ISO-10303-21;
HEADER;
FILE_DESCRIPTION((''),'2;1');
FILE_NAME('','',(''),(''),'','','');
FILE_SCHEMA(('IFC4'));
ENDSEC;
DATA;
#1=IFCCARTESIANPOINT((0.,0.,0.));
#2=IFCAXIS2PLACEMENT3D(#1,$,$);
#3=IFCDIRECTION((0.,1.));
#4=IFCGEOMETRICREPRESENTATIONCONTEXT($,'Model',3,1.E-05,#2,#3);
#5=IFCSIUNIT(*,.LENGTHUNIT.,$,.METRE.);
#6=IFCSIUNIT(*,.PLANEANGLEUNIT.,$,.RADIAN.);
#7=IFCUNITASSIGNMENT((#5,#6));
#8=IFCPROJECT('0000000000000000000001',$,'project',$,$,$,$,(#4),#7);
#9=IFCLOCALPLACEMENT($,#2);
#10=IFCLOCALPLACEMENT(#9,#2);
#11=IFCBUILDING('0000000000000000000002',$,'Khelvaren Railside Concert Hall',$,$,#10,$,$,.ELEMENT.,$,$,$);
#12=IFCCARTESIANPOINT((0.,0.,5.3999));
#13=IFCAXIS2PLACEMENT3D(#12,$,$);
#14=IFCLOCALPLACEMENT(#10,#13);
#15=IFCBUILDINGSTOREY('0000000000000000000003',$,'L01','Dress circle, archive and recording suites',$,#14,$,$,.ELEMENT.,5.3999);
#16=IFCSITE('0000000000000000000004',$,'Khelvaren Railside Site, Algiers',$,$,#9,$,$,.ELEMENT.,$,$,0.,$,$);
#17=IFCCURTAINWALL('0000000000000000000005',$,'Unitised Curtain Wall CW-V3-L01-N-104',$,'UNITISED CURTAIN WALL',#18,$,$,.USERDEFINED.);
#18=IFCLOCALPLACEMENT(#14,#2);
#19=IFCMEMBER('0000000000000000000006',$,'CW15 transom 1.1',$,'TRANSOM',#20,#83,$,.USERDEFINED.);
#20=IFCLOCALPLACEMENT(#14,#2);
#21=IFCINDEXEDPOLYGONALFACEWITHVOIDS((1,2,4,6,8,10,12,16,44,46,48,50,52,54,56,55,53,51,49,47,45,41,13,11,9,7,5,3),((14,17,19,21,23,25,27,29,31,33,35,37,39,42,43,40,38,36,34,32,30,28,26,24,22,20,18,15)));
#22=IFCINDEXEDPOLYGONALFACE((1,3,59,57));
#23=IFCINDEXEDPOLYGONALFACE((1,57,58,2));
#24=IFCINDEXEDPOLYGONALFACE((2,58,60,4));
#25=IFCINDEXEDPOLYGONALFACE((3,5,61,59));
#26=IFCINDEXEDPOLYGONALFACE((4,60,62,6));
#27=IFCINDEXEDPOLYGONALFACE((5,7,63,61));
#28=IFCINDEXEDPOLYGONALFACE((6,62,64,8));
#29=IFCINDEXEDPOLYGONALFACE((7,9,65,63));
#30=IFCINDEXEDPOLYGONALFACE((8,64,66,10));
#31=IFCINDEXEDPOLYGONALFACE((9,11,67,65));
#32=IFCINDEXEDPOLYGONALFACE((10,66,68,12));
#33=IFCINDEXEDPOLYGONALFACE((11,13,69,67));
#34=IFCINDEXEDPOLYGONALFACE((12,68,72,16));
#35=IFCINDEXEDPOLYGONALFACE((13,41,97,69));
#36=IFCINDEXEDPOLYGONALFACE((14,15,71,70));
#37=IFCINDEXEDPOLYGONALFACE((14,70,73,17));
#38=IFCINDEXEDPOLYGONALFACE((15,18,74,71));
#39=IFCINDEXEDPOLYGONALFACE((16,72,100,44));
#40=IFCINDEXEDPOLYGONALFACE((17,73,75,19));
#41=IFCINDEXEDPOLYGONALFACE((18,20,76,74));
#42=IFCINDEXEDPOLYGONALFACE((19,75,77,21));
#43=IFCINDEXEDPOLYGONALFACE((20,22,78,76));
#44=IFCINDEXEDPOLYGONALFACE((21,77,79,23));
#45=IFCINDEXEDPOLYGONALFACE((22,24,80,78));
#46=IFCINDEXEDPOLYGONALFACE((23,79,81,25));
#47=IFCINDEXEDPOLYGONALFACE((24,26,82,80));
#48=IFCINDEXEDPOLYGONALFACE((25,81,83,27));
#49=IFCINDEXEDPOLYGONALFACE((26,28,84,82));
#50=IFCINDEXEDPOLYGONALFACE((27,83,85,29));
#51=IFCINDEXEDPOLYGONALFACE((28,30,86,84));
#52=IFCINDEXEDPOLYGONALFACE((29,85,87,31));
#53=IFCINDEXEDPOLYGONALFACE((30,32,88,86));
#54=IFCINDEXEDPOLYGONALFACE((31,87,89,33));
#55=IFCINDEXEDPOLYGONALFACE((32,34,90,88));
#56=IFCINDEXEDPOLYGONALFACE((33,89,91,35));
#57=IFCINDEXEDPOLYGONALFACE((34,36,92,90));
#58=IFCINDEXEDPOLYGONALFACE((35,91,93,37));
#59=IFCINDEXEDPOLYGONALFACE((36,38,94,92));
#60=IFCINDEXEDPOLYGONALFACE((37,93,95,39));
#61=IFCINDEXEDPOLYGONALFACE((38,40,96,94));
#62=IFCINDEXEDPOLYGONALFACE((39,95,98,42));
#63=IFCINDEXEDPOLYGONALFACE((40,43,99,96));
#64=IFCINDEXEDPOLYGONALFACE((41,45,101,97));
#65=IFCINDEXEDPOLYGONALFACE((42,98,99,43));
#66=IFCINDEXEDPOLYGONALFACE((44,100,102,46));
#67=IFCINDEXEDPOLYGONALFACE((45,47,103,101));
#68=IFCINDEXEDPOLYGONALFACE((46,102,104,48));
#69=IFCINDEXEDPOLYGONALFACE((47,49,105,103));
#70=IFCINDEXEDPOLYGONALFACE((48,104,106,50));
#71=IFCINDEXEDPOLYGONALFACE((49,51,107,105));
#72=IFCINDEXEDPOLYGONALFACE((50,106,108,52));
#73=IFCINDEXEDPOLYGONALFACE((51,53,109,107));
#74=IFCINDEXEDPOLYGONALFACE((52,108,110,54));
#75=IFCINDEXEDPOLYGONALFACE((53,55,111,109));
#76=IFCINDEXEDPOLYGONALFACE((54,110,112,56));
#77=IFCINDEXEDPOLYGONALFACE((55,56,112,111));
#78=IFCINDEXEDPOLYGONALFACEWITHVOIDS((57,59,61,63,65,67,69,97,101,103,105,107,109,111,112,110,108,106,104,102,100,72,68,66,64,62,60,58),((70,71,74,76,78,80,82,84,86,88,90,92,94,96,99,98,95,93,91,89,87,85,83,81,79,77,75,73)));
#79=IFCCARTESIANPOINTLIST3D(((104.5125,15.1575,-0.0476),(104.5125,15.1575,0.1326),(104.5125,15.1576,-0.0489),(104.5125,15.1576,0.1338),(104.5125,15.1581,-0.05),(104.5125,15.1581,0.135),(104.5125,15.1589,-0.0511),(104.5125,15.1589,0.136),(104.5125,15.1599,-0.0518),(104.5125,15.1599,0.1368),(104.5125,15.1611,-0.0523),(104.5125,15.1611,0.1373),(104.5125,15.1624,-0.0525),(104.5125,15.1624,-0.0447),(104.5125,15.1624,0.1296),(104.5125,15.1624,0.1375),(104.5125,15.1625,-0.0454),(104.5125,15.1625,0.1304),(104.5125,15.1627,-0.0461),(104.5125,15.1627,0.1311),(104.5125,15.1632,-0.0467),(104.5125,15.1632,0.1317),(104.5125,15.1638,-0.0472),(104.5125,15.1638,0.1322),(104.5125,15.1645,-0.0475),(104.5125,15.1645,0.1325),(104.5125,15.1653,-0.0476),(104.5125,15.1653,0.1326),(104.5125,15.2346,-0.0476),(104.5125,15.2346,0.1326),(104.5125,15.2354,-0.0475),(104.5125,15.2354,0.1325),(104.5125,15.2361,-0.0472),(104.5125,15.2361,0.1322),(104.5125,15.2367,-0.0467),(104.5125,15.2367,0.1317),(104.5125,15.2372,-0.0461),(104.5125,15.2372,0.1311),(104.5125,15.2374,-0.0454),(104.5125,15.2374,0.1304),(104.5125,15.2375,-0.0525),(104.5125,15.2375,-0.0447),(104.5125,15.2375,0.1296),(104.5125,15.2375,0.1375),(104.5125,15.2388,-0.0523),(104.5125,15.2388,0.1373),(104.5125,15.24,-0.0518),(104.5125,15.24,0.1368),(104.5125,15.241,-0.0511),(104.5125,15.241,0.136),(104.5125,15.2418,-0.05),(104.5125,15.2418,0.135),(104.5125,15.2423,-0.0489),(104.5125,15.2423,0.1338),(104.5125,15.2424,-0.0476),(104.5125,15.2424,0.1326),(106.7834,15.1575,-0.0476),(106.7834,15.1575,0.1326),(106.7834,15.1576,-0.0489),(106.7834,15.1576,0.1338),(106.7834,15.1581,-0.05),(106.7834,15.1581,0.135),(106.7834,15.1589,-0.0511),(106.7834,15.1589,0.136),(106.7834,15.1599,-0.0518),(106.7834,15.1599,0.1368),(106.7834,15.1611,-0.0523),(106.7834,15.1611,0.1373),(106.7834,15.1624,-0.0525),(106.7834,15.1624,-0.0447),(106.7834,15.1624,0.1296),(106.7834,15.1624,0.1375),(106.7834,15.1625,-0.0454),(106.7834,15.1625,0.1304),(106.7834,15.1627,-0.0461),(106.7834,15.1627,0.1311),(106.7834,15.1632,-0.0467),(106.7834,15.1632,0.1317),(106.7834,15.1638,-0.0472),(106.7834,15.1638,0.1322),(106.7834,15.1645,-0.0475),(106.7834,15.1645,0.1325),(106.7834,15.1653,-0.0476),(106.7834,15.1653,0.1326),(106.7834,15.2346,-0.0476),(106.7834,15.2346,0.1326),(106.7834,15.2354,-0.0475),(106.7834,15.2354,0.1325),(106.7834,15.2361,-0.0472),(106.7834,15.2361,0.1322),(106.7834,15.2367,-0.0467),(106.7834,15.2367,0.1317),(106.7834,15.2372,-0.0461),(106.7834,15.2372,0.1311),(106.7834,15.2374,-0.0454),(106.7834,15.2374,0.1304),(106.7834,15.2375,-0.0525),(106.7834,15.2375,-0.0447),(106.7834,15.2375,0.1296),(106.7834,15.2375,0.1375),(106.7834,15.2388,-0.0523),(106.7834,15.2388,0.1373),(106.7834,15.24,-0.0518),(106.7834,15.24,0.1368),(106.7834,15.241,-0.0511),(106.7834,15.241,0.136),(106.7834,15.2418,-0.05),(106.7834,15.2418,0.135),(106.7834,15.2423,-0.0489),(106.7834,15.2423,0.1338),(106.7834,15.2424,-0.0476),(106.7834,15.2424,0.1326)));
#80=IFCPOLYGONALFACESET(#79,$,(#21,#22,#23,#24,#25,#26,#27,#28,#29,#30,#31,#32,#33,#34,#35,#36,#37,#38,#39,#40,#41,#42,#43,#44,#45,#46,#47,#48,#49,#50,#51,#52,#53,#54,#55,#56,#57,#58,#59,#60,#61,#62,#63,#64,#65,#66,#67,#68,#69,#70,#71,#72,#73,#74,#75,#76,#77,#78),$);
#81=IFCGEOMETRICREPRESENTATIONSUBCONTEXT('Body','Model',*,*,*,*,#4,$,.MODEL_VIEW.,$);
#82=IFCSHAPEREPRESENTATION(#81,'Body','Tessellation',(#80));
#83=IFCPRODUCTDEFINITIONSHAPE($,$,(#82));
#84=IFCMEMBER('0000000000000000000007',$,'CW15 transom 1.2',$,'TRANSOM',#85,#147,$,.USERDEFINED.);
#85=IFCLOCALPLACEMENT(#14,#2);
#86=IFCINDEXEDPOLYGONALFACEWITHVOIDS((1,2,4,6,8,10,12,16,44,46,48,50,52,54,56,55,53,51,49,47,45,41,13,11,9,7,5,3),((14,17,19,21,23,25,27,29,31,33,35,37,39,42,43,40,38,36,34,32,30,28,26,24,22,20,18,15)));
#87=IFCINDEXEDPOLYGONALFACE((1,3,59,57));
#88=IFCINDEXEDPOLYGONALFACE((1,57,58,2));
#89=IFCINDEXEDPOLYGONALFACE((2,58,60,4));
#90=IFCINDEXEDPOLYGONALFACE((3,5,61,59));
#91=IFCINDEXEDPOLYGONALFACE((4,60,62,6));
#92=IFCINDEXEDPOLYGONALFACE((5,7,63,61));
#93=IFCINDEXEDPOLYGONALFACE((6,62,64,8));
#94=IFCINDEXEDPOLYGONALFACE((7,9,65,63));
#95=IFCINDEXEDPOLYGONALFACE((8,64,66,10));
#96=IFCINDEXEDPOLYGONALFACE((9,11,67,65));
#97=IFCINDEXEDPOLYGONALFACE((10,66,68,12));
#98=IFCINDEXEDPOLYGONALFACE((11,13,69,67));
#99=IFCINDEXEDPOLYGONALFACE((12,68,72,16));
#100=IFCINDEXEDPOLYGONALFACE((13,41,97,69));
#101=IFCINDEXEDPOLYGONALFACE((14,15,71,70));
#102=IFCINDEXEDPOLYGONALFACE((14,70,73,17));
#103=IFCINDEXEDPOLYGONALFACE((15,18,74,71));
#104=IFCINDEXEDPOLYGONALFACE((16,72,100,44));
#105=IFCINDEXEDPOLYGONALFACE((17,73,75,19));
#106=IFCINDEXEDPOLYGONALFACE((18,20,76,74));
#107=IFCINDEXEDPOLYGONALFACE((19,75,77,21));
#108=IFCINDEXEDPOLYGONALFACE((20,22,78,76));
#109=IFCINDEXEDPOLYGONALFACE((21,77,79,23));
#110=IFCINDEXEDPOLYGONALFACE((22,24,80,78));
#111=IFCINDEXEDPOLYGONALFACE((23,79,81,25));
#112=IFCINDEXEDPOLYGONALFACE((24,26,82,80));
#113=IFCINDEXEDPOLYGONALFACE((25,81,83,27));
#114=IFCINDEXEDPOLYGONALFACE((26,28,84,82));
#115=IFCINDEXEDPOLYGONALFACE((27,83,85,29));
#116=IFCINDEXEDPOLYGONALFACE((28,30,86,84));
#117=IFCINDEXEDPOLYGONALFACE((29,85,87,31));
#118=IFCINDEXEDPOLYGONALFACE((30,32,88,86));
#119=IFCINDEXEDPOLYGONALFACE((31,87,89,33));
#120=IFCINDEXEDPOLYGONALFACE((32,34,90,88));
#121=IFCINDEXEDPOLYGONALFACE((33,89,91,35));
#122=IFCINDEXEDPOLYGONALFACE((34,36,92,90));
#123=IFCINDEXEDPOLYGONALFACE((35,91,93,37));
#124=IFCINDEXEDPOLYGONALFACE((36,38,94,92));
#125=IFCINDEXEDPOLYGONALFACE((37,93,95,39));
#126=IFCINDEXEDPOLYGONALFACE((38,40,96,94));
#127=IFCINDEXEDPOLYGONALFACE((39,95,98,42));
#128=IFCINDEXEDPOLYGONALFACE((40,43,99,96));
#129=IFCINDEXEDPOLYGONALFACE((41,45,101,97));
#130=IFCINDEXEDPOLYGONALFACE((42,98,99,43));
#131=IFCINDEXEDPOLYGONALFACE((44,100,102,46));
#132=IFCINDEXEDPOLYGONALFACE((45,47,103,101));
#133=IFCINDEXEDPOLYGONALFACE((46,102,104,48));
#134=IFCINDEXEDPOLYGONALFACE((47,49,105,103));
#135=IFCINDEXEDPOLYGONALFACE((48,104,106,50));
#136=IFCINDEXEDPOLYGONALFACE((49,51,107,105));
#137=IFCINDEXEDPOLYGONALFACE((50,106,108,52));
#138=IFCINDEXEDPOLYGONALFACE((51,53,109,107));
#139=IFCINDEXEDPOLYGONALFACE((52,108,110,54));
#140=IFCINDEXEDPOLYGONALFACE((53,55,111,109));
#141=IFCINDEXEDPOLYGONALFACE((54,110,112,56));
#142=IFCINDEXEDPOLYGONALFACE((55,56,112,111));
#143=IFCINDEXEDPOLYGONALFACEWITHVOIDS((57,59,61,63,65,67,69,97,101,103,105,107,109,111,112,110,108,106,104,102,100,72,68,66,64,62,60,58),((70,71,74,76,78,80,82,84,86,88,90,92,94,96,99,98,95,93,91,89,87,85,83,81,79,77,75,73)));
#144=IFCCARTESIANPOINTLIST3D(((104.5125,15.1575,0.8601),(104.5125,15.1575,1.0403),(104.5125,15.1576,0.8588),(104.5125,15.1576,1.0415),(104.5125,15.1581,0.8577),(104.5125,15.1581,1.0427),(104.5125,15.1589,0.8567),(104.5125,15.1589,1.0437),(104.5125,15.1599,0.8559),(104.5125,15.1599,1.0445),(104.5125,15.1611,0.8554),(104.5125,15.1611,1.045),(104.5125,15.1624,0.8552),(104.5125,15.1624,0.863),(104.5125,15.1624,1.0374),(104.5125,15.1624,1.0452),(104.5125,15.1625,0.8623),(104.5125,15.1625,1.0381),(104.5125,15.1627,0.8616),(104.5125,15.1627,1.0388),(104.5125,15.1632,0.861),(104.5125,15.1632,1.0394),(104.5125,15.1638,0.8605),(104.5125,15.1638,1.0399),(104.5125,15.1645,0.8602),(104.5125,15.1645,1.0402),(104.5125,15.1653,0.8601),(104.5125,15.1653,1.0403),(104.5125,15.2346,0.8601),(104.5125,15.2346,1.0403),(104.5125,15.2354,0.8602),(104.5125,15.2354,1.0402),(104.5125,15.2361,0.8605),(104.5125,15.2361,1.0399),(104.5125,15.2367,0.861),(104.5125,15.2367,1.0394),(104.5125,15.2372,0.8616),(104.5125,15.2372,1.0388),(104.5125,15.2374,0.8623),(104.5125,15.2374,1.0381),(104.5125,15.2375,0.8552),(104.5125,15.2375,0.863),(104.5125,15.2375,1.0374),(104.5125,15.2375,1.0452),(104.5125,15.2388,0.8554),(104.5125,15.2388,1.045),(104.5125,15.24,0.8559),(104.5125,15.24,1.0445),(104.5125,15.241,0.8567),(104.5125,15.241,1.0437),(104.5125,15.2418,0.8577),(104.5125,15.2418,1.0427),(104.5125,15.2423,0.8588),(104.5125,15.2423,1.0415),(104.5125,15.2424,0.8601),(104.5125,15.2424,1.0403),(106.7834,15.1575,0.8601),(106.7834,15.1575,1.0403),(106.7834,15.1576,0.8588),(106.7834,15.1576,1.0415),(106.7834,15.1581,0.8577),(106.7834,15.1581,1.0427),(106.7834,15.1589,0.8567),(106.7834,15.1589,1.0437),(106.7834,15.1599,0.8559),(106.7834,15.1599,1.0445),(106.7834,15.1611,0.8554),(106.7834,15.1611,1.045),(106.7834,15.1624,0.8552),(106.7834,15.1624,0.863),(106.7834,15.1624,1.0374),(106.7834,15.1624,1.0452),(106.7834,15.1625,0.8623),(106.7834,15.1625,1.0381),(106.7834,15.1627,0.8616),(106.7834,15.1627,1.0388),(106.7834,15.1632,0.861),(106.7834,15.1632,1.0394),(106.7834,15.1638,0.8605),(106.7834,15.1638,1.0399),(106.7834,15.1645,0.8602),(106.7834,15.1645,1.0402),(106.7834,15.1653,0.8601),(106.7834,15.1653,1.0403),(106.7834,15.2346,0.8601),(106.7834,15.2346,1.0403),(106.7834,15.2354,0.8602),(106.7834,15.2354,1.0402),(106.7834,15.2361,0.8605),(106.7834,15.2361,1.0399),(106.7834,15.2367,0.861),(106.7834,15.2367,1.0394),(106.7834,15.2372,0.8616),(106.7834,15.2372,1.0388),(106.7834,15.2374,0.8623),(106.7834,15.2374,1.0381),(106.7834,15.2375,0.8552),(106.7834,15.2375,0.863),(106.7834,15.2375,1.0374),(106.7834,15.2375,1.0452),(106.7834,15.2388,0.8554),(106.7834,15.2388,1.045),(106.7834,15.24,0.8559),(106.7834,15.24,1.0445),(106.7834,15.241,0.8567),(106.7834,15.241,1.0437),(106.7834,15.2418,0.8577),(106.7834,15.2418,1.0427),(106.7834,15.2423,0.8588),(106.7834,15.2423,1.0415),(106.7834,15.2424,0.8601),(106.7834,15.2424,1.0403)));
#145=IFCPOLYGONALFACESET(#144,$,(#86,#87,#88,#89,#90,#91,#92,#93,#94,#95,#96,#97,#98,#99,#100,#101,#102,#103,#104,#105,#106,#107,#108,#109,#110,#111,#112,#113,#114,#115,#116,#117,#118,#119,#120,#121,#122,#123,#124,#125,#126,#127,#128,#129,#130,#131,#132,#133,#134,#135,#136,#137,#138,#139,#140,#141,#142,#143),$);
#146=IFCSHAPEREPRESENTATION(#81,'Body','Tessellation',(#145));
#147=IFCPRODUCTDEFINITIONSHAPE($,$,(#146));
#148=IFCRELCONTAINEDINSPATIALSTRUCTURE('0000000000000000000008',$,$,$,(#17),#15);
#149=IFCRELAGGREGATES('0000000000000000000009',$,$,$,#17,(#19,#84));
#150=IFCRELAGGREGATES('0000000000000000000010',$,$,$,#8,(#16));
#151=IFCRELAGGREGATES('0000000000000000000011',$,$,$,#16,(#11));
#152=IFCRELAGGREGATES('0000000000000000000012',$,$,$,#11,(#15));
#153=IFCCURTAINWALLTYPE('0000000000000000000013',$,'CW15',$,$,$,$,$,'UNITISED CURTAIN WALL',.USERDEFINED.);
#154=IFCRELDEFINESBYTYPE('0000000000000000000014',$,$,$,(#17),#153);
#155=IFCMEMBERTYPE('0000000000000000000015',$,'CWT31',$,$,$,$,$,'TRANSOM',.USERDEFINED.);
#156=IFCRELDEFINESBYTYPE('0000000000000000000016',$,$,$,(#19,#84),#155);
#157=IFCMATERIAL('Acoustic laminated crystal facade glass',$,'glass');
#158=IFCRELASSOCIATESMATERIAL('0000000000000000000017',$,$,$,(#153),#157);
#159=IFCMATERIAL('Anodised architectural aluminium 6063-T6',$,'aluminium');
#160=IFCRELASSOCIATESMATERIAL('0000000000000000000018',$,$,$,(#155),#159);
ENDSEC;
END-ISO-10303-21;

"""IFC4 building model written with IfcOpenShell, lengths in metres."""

from ifc_helpers import new_model, si_unit, direction, frame, origin, origin_2d, place, context, subcontext, project, spatial, hollow_rectangle, extrude, material, material_profile, profile_set, type_object, element, aggregate, save


model = new_model("IFC4")

# Units and contexts
model_context = context("Model", 3, precision=1e-05, world=origin(), true_north=direction((0.0, 1.0)))
body_context = subcontext(model_context, "Body", "Model", "MODEL_VIEW")
ifc_project = project(units=[si_unit("LENGTHUNIT", "METRE"), si_unit("PLANEANGLEUNIT", "RADIAN")], contexts=[model_context])

# Site, building, storey
site_placement = place(None, origin())
site = spatial("IfcSite", under=ifc_project, at=site_placement, Name="Khelvaren Railside Site, Algiers", CompositionType="ELEMENT", RefElevation=0.0)
building_placement = place(site_placement, origin())
building = spatial("IfcBuilding", under=site, at=building_placement, Name="Khelvaren Railside Concert Hall", CompositionType="ELEMENT")
storey_placement = place(building_placement, frame((0.0, 0.0, 5.3999)))
storey = spatial("IfcBuildingStorey", under=building, at=storey_placement, Name="L01", Description="Dress circle, archive and recording suites", CompositionType="ELEMENT", Elevation=5.3999)

# Shared definitions
ifc_material_1 = material(Name="Acoustic laminated crystal facade glass", Category="glass")
ifc_material_2 = material(Name="Anodised architectural aluminium 6063-T6", Category="aluminium")

# Curtain wall
curtain_wall_type_1 = type_object("IfcCurtainWallType", Name="CW15", ElementType="UNITISED CURTAIN WALL", PredefinedType="USERDEFINED", material=ifc_material_1)
curtain_wall_1_placement = place(storey_placement, origin())
curtain_wall_1 = element("IfcCurtainWall", 1, at=curtain_wall_1_placement, inside=storey, type_object=curtain_wall_type_1, Name="Unitised Curtain Wall CW-V3-L01-N-104", ObjectType="UNITISED CURTAIN WALL", PredefinedType="USERDEFINED")

# Members
ifc_material_profile_1 = material_profile(ifc_material_2, hollow_rectangle(XDim=0.085, YDim=0.1899, WallThickness=0.0049, InnerFilletRadius=0.0029, OuterFilletRadius=0.0049, at=origin_2d()), Name="CWT 85x190x5")
ifc_profile_set_1 = profile_set([ifc_material_profile_1], Name="Anodised architectural aluminium 6063-T6")
member_type_1 = type_object("IfcMemberType", Name="CWT31", ElementType="TRANSOM", PredefinedType="USERDEFINED", material=ifc_profile_set_1)
member_1_placement = place(storey_placement, frame((104.5125, 15.2, 0.0425), z_axis=(1.0, 0.0, 0.0), x_axis=(0.0, 1.0, 0.0)))
member_1 = element("IfcMember", 2, at=member_1_placement, type_object=member_type_1, Name="CW15 transom 1.1", ObjectType="TRANSOM", PredefinedType="USERDEFINED", context=body_context, shape_type="SweptSolid", body=[
    extrude(hollow_rectangle(XDim=0.085, YDim=0.1899, WallThickness=0.0049, InnerFilletRadius=0.0029, OuterFilletRadius=0.0049, at=origin_2d()), origin(), (0.0, 0.0, 1.0), 2.271),
])
member_2_placement = place(storey_placement, frame((104.5125, 15.2, 0.9502), z_axis=(1.0, 0.0, 0.0), x_axis=(0.0, 1.0, 0.0)))
member_2 = element("IfcMember", 3, at=member_2_placement, type_object=member_type_1, Name="CW15 transom 1.2", ObjectType="TRANSOM", PredefinedType="USERDEFINED", context=body_context, shape_type="SweptSolid", body=[
    extrude(hollow_rectangle(XDim=0.085, YDim=0.1899, WallThickness=0.0049, InnerFilletRadius=0.0029, OuterFilletRadius=0.0049, at=origin_2d()), origin(), (0.0, 0.0, 1.0), 2.271),
])

aggregate(curtain_wall_1, [member_1, member_2])

save(model, "model.ifc")
